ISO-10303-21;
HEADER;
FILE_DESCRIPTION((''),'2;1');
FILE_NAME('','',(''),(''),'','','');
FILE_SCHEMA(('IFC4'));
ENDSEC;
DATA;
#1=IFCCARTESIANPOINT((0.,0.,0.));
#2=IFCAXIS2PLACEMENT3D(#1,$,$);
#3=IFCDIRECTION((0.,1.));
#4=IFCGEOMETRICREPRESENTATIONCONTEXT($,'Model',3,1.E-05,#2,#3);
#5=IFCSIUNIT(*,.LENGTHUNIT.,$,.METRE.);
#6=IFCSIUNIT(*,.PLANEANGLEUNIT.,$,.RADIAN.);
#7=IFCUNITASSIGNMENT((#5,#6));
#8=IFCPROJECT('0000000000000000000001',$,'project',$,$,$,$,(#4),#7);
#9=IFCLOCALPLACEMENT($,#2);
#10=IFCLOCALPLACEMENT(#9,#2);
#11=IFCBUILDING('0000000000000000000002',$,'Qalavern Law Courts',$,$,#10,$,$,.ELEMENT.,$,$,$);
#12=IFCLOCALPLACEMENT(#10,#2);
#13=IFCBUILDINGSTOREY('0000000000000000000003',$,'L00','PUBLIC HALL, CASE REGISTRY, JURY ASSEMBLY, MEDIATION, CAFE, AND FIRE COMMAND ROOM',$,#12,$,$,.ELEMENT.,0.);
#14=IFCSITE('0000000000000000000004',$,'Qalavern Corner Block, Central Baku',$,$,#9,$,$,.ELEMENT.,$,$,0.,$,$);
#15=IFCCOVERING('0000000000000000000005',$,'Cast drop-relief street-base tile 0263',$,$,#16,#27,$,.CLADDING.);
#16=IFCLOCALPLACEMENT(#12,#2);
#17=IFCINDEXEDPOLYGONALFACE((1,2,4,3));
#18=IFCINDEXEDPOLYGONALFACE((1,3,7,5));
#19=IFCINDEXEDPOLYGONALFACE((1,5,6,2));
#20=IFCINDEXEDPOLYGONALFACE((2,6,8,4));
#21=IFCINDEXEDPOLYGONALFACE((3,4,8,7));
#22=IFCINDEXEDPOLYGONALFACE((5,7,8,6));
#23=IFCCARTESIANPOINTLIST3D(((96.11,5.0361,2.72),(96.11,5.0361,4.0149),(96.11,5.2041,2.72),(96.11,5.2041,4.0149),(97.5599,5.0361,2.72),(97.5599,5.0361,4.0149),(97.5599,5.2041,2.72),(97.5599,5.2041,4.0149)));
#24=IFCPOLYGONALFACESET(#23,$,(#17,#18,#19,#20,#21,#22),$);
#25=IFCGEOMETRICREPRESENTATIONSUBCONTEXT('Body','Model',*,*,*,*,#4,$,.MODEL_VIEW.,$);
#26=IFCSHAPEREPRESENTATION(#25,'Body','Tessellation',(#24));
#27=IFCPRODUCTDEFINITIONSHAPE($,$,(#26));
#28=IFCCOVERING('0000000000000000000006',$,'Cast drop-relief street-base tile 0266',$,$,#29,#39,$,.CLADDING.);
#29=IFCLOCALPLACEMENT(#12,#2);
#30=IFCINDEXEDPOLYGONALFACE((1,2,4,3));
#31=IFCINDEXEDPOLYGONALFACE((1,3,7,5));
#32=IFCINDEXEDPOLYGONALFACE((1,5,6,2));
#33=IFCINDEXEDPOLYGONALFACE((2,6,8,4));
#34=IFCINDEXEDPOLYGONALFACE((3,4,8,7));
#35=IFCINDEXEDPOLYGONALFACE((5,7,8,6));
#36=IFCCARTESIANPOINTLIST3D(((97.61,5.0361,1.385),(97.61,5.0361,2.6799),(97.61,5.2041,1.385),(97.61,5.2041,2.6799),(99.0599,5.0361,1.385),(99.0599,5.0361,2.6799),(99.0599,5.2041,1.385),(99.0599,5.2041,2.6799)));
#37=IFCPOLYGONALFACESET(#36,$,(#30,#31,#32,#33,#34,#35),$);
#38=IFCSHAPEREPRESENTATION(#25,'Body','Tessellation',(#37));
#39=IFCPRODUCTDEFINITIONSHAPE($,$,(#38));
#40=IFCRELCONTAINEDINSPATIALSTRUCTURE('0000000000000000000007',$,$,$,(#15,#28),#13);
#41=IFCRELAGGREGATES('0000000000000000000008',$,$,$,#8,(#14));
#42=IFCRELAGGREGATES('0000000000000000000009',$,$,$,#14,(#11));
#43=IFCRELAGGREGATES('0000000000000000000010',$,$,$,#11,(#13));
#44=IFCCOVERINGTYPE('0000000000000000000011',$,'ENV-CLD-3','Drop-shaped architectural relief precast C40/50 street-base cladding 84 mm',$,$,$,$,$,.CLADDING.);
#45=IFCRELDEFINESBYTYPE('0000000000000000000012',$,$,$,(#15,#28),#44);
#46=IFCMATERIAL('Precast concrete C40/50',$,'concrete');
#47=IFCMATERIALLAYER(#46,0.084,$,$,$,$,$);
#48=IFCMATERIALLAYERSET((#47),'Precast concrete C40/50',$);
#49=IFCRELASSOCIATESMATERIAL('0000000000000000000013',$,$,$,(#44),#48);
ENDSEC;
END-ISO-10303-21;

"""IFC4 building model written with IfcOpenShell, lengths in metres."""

from ifc_helpers import new_model, si_unit, direction, frame, origin, origin_2d, place, context, subcontext, project, spatial, rectangle, extrude, material, layer, layer_set, type_object, element, save


model = new_model("IFC4")

# Units and contexts
model_context = context("Model", 3, precision=1e-05, world=origin(), true_north=direction((0.0, 1.0)))
body_context = subcontext(model_context, "Body", "Model", "MODEL_VIEW")
ifc_project = project(units=[si_unit("LENGTHUNIT", "METRE"), si_unit("PLANEANGLEUNIT", "RADIAN")], contexts=[model_context])

# Site, building, storey
site_placement = place(None, origin())
site = spatial("IfcSite", under=ifc_project, at=site_placement, Name="Qalavern Corner Block, Central Baku", CompositionType="ELEMENT", RefElevation=0.0)
building_placement = place(site_placement, origin())
building = spatial("IfcBuilding", under=site, at=building_placement, Name="Qalavern Law Courts", CompositionType="ELEMENT")
storey_placement = place(building_placement, origin())
storey = spatial("IfcBuildingStorey", under=building, at=storey_placement, Name="L00", Description="PUBLIC HALL, CASE REGISTRY, JURY ASSEMBLY, MEDIATION, CAFE, AND FIRE COMMAND ROOM", CompositionType="ELEMENT", Elevation=0.0)

# Coverings
ifc_material = material(Name="Precast concrete C40/50", Category="concrete")
ifc_layer_1 = layer(ifc_material, 0.084)
ifc_layer_set_1 = layer_set([ifc_layer_1], Name="Precast concrete C40/50")
covering_type_1 = type_object("IfcCoveringType", Name="ENV-CLD-3", Description="Drop-shaped architectural relief precast C40/50 street-base cladding 84 mm", PredefinedType="CLADDING", material=ifc_layer_set_1)
for number, where, z_axis, x_axis, name in (
    (1, (96.835, 5.1201, 2.72), (0.0, 0.0, 1.0), (1.0, 0.0, 0.0), "Cast drop-relief street-base tile 0263"),
    (2, (98.335, 5.1201, 1.385), (0.0, 0.0, 1.0), (1.0, 0.0, 0.0), "Cast drop-relief street-base tile 0266"),
):
    element("IfcCovering", number, at=place(storey_placement, frame(where, z_axis=z_axis, x_axis=x_axis)), inside=storey, type_object=covering_type_1, Name=name, PredefinedType="CLADDING", context=body_context, shape_type="SweptSolid", body=[
        extrude(rectangle(XDim=1.45, YDim=0.168, at=origin_2d()), origin(), (0.0, 0.0, 1.0), 1.2949),
    ])

save(model, "model.ifc")
